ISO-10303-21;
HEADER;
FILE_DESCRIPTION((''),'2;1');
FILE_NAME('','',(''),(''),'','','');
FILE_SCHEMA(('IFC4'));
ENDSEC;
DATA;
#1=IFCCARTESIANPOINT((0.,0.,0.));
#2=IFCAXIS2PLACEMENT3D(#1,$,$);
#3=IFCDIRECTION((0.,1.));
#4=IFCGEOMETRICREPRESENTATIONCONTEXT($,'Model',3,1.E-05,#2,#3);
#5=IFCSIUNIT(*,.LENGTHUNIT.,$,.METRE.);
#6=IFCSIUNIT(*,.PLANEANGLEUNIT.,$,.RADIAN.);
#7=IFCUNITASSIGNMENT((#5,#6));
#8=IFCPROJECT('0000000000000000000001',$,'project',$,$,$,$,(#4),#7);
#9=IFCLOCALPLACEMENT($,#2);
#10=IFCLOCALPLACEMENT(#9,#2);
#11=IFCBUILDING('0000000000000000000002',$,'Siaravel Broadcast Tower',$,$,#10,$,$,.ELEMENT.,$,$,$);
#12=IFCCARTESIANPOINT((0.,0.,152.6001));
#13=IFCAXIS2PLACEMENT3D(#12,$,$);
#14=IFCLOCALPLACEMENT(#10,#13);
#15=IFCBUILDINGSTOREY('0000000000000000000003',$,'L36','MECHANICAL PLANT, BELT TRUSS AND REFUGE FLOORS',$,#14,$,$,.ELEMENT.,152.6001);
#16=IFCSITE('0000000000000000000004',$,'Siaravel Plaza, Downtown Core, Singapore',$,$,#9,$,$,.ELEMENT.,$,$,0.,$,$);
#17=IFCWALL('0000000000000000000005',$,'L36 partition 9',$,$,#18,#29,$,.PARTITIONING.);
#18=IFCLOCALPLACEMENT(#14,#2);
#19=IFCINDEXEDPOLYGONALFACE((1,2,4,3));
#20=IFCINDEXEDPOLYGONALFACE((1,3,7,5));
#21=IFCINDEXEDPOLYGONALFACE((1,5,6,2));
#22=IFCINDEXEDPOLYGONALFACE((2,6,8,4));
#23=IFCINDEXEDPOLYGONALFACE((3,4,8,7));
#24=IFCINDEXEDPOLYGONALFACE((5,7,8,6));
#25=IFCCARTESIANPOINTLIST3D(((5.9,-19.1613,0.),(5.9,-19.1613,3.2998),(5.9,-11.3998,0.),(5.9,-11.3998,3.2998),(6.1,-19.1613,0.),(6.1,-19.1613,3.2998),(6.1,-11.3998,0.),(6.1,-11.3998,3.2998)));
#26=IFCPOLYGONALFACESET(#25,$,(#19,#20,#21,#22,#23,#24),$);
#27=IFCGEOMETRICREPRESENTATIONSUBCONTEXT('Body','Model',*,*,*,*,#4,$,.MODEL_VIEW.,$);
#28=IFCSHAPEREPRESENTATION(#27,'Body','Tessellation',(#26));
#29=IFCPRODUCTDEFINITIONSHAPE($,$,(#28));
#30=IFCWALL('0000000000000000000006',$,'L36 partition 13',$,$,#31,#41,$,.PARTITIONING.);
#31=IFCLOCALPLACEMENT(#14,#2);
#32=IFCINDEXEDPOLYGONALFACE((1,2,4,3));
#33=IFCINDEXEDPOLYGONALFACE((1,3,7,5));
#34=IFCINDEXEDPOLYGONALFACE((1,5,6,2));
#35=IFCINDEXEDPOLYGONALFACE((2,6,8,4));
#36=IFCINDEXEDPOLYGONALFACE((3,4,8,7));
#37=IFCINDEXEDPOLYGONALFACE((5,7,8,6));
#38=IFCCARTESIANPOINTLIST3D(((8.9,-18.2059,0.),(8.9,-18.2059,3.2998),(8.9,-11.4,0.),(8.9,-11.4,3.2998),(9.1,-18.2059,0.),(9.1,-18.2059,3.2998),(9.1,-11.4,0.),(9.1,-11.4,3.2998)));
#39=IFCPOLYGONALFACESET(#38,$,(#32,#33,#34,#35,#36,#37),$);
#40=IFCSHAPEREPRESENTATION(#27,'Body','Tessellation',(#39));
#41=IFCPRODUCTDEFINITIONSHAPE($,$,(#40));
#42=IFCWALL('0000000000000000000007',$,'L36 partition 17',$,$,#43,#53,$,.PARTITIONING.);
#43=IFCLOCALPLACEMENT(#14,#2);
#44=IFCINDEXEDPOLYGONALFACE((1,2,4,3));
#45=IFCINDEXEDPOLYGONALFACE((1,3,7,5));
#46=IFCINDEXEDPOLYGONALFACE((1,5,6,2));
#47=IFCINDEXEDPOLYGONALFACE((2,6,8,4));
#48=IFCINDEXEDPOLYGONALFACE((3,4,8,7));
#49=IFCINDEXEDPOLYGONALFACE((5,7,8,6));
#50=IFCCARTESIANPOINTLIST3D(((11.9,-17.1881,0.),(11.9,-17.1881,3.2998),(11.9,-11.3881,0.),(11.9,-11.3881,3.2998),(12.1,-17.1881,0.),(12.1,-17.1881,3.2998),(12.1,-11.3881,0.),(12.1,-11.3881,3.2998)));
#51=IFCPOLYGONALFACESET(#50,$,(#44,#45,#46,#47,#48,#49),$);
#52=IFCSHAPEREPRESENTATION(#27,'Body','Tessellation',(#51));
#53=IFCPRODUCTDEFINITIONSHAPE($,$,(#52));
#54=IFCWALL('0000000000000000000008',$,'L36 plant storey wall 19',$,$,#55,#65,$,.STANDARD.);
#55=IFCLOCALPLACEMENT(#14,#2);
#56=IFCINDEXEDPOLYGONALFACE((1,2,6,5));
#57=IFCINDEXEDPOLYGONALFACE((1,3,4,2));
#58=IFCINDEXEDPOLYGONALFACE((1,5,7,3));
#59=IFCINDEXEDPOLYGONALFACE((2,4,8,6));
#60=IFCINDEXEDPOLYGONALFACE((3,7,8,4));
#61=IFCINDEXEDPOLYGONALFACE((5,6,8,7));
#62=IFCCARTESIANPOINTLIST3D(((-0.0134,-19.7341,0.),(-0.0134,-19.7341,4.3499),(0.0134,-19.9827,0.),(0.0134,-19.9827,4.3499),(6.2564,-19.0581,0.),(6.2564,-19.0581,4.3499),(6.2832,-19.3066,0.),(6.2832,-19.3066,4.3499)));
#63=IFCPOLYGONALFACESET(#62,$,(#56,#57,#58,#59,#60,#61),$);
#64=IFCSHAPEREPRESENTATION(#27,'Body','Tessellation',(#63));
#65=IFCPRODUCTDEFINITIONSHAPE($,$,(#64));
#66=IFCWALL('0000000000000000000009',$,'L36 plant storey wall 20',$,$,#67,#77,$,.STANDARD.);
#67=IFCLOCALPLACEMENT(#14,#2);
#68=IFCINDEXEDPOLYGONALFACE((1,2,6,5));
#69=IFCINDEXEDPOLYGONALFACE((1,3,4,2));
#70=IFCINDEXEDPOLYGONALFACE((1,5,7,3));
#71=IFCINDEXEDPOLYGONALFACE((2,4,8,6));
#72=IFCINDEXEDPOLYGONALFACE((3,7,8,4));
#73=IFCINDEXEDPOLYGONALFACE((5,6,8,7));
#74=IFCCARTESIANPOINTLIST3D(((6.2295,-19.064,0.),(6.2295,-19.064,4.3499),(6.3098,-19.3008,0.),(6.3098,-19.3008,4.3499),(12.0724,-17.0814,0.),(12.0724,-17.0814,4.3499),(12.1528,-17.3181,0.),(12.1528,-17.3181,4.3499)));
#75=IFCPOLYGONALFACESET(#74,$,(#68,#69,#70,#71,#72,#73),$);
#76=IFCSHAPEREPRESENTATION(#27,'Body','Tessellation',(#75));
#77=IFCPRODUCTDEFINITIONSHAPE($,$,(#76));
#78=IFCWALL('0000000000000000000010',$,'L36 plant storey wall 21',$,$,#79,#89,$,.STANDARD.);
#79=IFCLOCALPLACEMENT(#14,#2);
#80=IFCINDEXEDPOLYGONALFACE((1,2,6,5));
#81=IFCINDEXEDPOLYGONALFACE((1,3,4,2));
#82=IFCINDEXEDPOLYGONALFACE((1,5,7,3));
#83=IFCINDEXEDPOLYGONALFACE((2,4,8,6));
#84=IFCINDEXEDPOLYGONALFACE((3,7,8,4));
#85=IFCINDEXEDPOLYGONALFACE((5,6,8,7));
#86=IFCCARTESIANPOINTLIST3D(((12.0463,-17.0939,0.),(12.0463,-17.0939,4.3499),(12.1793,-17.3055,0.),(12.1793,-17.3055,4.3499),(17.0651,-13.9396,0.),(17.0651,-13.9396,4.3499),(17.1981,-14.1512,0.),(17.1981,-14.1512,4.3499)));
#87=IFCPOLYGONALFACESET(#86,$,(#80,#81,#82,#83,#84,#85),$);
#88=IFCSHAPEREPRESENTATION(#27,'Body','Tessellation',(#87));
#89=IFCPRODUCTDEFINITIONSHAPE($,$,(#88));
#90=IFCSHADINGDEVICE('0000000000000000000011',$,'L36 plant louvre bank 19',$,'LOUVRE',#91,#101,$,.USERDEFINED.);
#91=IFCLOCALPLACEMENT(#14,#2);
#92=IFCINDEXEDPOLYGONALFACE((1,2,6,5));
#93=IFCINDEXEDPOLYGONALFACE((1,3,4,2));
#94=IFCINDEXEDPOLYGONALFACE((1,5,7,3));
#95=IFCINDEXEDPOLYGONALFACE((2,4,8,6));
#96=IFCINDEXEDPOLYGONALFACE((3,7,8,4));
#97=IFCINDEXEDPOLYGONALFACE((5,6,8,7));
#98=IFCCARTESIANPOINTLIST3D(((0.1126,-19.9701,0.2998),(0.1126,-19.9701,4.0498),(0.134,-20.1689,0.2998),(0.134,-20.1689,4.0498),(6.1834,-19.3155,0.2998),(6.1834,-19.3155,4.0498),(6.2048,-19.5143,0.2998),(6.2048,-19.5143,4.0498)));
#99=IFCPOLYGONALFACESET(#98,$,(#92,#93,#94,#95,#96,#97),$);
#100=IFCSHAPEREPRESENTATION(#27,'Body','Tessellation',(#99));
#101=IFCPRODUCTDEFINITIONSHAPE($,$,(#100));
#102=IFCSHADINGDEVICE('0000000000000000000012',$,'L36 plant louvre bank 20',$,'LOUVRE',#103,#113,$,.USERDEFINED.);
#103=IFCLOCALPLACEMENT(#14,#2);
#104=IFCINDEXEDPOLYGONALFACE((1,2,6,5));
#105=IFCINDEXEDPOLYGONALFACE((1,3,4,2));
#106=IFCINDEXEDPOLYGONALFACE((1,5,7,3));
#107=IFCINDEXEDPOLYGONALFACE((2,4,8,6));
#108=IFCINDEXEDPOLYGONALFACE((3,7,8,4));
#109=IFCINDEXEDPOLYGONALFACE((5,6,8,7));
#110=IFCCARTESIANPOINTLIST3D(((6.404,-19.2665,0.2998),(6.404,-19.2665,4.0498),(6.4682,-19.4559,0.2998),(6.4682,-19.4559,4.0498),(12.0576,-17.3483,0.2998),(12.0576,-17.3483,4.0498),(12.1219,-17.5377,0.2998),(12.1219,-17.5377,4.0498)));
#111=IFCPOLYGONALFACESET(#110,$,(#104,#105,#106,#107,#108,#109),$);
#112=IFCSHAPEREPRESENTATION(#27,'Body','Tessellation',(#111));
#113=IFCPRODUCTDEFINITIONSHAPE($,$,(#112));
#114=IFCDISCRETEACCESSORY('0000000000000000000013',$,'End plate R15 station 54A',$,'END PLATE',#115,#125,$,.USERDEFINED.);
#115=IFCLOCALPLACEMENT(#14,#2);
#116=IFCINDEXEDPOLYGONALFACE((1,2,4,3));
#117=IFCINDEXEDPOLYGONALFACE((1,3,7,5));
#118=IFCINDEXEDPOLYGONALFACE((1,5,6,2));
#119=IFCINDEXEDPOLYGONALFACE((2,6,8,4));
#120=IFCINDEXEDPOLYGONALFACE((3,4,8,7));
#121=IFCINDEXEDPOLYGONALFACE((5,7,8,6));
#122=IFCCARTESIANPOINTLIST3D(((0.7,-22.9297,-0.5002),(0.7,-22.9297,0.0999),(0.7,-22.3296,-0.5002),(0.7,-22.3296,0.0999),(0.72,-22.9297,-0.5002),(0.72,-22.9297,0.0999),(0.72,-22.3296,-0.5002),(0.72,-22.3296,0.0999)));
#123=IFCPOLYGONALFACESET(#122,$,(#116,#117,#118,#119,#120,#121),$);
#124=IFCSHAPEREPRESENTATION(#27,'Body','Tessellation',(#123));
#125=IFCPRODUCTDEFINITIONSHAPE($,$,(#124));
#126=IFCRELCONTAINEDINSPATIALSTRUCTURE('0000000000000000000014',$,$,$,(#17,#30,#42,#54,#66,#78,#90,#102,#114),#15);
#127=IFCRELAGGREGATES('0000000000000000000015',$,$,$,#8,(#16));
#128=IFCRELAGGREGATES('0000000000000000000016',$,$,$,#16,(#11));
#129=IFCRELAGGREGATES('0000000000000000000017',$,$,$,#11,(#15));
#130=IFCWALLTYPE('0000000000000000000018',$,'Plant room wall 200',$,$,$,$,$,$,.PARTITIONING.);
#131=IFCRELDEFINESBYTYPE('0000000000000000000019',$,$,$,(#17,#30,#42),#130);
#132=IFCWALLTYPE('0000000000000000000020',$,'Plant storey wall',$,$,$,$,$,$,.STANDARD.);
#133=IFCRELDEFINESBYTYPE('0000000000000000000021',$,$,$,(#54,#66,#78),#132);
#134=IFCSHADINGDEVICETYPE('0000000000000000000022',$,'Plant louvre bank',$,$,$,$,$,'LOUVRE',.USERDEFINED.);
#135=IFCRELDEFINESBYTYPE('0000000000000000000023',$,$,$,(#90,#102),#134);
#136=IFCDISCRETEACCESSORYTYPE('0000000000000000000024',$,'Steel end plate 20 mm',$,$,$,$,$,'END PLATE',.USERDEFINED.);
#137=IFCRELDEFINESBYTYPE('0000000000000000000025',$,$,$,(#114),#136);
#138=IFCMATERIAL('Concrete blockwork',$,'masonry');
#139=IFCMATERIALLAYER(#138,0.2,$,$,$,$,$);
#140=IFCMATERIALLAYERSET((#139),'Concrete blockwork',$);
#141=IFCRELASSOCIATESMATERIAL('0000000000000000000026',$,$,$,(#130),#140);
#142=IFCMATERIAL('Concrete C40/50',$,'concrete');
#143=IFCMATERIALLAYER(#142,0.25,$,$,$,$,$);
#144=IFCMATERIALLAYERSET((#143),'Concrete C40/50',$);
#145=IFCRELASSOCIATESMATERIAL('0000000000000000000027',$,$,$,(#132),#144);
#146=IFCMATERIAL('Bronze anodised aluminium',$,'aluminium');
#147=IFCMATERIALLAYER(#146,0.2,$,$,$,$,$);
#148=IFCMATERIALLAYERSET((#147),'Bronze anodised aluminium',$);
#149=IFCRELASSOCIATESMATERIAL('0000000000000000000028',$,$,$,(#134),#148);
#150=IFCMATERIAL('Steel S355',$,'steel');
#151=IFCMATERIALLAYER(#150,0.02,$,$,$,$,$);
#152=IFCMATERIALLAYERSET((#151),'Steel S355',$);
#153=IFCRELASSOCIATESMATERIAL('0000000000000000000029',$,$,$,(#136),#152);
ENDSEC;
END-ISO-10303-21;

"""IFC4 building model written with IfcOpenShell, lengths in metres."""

from ifc_helpers import new_model, si_unit, direction, frame, frame_2d, origin, origin_2d, place, context, subcontext, project, spatial, rectangle, extrude, material, layer, layer_set, type_object, element, save


model = new_model("IFC4")

# Units and contexts
model_context = context("Model", 3, precision=1e-05, world=origin(), true_north=direction((0.0, 1.0)))
body_context = subcontext(model_context, "Body", "Model", "MODEL_VIEW")
ifc_project = project(units=[si_unit("LENGTHUNIT", "METRE"), si_unit("PLANEANGLEUNIT", "RADIAN")], contexts=[model_context])

# Site, building, storey
site_placement = place(None, origin())
site = spatial("IfcSite", under=ifc_project, at=site_placement, Name="Siaravel Plaza, Downtown Core, Singapore", CompositionType="ELEMENT", RefElevation=0.0)
building_placement = place(site_placement, origin())
building = spatial("IfcBuilding", under=site, at=building_placement, Name="Siaravel Broadcast Tower", CompositionType="ELEMENT")
storey_placement = place(building_placement, frame((0.0, 0.0, 152.6001)))
storey = spatial("IfcBuildingStorey", under=building, at=storey_placement, Name="L36", Description="MECHANICAL PLANT, BELT TRUSS AND REFUGE FLOORS", CompositionType="ELEMENT", Elevation=152.6001)

# Shared definitions
ifc_material_1 = material(Name="Steel S355", Category="steel")

# Walls
ifc_material_2 = material(Name="Concrete blockwork", Category="masonry")
ifc_layer_1 = layer(ifc_material_2, 0.2)
ifc_layer_set_1 = layer_set([ifc_layer_1], Name="Concrete blockwork")
wall_type_1 = type_object("IfcWallType", Name="Plant room wall 200", PredefinedType="PARTITIONING", material=ifc_layer_set_1)
wall_1_placement = place(storey_placement, frame((6.0, -19.1614, 0.0), z_axis=(0.0, 0.0, 1.0), x_axis=(0.0, 1.0, 0.0)))
element("IfcWall", 1, at=wall_1_placement, inside=storey, type_object=wall_type_1, Name="L36 partition 9", PredefinedType="PARTITIONING", context=body_context, shape_type="SweptSolid", body=[
    extrude(rectangle(XDim=7.7615, YDim=0.2, at=frame_2d((3.8809, 0.0))), origin(), (0.0, 0.0, 1.0), 3.2998),
])
wall_2_placement = place(storey_placement, frame((9.0, -18.2058, 0.0), z_axis=(0.0, 0.0, 1.0), x_axis=(0.0, 1.0, 0.0)))
element("IfcWall", 2, at=wall_2_placement, inside=storey, type_object=wall_type_1, Name="L36 partition 13", PredefinedType="PARTITIONING", context=body_context, shape_type="SweptSolid", body=[
    extrude(rectangle(XDim=6.8059, YDim=0.2, at=frame_2d((3.4028, 0.0))), origin(), (0.0, 0.0, 1.0), 3.2998),
])
wall_3_placement = place(storey_placement, frame((12.0, -17.188, 0.0), z_axis=(0.0, 0.0, 1.0), x_axis=(0.0, 1.0, 0.0)))
element("IfcWall", 3, at=wall_3_placement, inside=storey, type_object=wall_type_1, Name="L36 partition 17", PredefinedType="PARTITIONING", context=body_context, shape_type="SweptSolid", body=[
    extrude(rectangle(XDim=5.8, YDim=0.2, at=frame_2d((2.8999, 0.0))), origin(), (0.0, 0.0, 1.0), 3.2998),
])
ifc_material_3 = material(Name="Concrete C40/50", Category="concrete")
ifc_layer_2 = layer(ifc_material_3, 0.25)
ifc_layer_set_2 = layer_set([ifc_layer_2], Name="Concrete C40/50")
wall_type_2 = type_object("IfcWallType", Name="Plant storey wall", PredefinedType="STANDARD", material=ifc_layer_set_2)
wall_4_placement = place(storey_placement, frame((0.0, -19.8584, 0.0), z_axis=(0.0, 0.0, 1.0), x_axis=(0.994237, 0.107202, 0.0)))
element("IfcWall", 4, at=wall_4_placement, inside=storey, type_object=wall_type_2, Name="L36 plant storey wall 19", PredefinedType="STANDARD", context=body_context, shape_type="SweptSolid", body=[
    extrude(rectangle(XDim=6.3062, YDim=0.25, at=frame_2d((3.1531, 0.0))), origin(), (0.0, 0.0, 1.0), 4.3499),
])
wall_5_placement = place(storey_placement, frame((6.2698, -19.1824, 0.0), z_axis=(0.0, 0.0, 1.0), x_axis=(0.946968, 0.321327, 0.0)))
element("IfcWall", 5, at=wall_5_placement, inside=storey, type_object=wall_type_2, Name="L36 plant storey wall 20", PredefinedType="STANDARD", context=body_context, shape_type="SweptSolid", body=[
    extrude(rectangle(XDim=6.1702, YDim=0.25, at=frame_2d((3.085, 0.0))), origin(), (0.0, 0.0, 1.0), 4.3499),
])
wall_6_placement = place(storey_placement, frame((12.1128, -17.1997, 0.0), z_axis=(0.0, 0.0, 1.0), x_axis=(0.846665, 0.532126, 0.0)))
element("IfcWall", 6, at=wall_6_placement, inside=storey, type_object=wall_type_2, Name="L36 plant storey wall 21", PredefinedType="STANDARD", context=body_context, shape_type="SweptSolid", body=[
    extrude(rectangle(XDim=5.9277, YDim=0.25, at=frame_2d((2.9639, 0.0))), origin(), (0.0, 0.0, 1.0), 4.3499),
])

# Shading devices
ifc_material_4 = material(Name="Bronze anodised aluminium", Category="aluminium")
ifc_layer_3 = layer(ifc_material_4, 0.2)
ifc_layer_set_3 = layer_set([ifc_layer_3], Name="Bronze anodised aluminium")
shading_device_type = type_object("IfcShadingDeviceType", Name="Plant louvre bank", ElementType="LOUVRE", PredefinedType="USERDEFINED", material=ifc_layer_set_3)
shading_device_1_placement = place(storey_placement, frame((3.1587, -19.7422, 0.2998), z_axis=(0.0, 0.0, 1.0), x_axis=(0.994236, 0.107217, 0.0)))
element("IfcShadingDevice", 7, at=shading_device_1_placement, inside=storey, type_object=shading_device_type, Name="L36 plant louvre bank 19", ObjectType="LOUVRE", PredefinedType="USERDEFINED", context=body_context, shape_type="SweptSolid", body=[
    extrude(rectangle(XDim=6.106, YDim=0.2, at=origin_2d()), origin(), (0.0, 0.0, 1.0), 3.75),
])
shading_device_2_placement = place(storey_placement, frame((9.2629, -18.4021, 0.2998), z_axis=(0.0, 0.0, 1.0), x_axis=(0.946977, 0.321301, 0.0)))
element("IfcShadingDevice", 8, at=shading_device_2_placement, inside=storey, type_object=shading_device_type, Name="L36 plant louvre bank 20", ObjectType="LOUVRE", PredefinedType="USERDEFINED", context=body_context, shape_type="SweptSolid", body=[
    extrude(rectangle(XDim=5.9702, YDim=0.2, at=origin_2d()), origin(), (0.0, 0.0, 1.0), 3.75),
])

# Discrete accessory
ifc_layer_4 = layer(ifc_material_1, 0.02)
ifc_layer_set_4 = layer_set([ifc_layer_4], Name="Steel S355")
discrete_accessory_type = type_object("IfcDiscreteAccessoryType", Name="Steel end plate 20 mm", ElementType="END PLATE", PredefinedType="USERDEFINED", material=ifc_layer_set_4)
discrete_accessory_placement = place(storey_placement, frame((0.71, -22.6296, -0.5002), z_axis=(0.0, 0.0, 1.0), x_axis=(1.0, 0.0, 0.0)))
element("IfcDiscreteAccessory", 9, at=discrete_accessory_placement, inside=storey, type_object=discrete_accessory_type, Name="End plate R15 station 54A", ObjectType="END PLATE", PredefinedType="USERDEFINED", context=body_context, shape_type="SweptSolid", body=[
    extrude(rectangle(XDim=0.02, YDim=0.6001, at=origin_2d()), origin(), (0.0, 0.0, 1.0), 0.6001),
])

save(model, "model.ifc")
